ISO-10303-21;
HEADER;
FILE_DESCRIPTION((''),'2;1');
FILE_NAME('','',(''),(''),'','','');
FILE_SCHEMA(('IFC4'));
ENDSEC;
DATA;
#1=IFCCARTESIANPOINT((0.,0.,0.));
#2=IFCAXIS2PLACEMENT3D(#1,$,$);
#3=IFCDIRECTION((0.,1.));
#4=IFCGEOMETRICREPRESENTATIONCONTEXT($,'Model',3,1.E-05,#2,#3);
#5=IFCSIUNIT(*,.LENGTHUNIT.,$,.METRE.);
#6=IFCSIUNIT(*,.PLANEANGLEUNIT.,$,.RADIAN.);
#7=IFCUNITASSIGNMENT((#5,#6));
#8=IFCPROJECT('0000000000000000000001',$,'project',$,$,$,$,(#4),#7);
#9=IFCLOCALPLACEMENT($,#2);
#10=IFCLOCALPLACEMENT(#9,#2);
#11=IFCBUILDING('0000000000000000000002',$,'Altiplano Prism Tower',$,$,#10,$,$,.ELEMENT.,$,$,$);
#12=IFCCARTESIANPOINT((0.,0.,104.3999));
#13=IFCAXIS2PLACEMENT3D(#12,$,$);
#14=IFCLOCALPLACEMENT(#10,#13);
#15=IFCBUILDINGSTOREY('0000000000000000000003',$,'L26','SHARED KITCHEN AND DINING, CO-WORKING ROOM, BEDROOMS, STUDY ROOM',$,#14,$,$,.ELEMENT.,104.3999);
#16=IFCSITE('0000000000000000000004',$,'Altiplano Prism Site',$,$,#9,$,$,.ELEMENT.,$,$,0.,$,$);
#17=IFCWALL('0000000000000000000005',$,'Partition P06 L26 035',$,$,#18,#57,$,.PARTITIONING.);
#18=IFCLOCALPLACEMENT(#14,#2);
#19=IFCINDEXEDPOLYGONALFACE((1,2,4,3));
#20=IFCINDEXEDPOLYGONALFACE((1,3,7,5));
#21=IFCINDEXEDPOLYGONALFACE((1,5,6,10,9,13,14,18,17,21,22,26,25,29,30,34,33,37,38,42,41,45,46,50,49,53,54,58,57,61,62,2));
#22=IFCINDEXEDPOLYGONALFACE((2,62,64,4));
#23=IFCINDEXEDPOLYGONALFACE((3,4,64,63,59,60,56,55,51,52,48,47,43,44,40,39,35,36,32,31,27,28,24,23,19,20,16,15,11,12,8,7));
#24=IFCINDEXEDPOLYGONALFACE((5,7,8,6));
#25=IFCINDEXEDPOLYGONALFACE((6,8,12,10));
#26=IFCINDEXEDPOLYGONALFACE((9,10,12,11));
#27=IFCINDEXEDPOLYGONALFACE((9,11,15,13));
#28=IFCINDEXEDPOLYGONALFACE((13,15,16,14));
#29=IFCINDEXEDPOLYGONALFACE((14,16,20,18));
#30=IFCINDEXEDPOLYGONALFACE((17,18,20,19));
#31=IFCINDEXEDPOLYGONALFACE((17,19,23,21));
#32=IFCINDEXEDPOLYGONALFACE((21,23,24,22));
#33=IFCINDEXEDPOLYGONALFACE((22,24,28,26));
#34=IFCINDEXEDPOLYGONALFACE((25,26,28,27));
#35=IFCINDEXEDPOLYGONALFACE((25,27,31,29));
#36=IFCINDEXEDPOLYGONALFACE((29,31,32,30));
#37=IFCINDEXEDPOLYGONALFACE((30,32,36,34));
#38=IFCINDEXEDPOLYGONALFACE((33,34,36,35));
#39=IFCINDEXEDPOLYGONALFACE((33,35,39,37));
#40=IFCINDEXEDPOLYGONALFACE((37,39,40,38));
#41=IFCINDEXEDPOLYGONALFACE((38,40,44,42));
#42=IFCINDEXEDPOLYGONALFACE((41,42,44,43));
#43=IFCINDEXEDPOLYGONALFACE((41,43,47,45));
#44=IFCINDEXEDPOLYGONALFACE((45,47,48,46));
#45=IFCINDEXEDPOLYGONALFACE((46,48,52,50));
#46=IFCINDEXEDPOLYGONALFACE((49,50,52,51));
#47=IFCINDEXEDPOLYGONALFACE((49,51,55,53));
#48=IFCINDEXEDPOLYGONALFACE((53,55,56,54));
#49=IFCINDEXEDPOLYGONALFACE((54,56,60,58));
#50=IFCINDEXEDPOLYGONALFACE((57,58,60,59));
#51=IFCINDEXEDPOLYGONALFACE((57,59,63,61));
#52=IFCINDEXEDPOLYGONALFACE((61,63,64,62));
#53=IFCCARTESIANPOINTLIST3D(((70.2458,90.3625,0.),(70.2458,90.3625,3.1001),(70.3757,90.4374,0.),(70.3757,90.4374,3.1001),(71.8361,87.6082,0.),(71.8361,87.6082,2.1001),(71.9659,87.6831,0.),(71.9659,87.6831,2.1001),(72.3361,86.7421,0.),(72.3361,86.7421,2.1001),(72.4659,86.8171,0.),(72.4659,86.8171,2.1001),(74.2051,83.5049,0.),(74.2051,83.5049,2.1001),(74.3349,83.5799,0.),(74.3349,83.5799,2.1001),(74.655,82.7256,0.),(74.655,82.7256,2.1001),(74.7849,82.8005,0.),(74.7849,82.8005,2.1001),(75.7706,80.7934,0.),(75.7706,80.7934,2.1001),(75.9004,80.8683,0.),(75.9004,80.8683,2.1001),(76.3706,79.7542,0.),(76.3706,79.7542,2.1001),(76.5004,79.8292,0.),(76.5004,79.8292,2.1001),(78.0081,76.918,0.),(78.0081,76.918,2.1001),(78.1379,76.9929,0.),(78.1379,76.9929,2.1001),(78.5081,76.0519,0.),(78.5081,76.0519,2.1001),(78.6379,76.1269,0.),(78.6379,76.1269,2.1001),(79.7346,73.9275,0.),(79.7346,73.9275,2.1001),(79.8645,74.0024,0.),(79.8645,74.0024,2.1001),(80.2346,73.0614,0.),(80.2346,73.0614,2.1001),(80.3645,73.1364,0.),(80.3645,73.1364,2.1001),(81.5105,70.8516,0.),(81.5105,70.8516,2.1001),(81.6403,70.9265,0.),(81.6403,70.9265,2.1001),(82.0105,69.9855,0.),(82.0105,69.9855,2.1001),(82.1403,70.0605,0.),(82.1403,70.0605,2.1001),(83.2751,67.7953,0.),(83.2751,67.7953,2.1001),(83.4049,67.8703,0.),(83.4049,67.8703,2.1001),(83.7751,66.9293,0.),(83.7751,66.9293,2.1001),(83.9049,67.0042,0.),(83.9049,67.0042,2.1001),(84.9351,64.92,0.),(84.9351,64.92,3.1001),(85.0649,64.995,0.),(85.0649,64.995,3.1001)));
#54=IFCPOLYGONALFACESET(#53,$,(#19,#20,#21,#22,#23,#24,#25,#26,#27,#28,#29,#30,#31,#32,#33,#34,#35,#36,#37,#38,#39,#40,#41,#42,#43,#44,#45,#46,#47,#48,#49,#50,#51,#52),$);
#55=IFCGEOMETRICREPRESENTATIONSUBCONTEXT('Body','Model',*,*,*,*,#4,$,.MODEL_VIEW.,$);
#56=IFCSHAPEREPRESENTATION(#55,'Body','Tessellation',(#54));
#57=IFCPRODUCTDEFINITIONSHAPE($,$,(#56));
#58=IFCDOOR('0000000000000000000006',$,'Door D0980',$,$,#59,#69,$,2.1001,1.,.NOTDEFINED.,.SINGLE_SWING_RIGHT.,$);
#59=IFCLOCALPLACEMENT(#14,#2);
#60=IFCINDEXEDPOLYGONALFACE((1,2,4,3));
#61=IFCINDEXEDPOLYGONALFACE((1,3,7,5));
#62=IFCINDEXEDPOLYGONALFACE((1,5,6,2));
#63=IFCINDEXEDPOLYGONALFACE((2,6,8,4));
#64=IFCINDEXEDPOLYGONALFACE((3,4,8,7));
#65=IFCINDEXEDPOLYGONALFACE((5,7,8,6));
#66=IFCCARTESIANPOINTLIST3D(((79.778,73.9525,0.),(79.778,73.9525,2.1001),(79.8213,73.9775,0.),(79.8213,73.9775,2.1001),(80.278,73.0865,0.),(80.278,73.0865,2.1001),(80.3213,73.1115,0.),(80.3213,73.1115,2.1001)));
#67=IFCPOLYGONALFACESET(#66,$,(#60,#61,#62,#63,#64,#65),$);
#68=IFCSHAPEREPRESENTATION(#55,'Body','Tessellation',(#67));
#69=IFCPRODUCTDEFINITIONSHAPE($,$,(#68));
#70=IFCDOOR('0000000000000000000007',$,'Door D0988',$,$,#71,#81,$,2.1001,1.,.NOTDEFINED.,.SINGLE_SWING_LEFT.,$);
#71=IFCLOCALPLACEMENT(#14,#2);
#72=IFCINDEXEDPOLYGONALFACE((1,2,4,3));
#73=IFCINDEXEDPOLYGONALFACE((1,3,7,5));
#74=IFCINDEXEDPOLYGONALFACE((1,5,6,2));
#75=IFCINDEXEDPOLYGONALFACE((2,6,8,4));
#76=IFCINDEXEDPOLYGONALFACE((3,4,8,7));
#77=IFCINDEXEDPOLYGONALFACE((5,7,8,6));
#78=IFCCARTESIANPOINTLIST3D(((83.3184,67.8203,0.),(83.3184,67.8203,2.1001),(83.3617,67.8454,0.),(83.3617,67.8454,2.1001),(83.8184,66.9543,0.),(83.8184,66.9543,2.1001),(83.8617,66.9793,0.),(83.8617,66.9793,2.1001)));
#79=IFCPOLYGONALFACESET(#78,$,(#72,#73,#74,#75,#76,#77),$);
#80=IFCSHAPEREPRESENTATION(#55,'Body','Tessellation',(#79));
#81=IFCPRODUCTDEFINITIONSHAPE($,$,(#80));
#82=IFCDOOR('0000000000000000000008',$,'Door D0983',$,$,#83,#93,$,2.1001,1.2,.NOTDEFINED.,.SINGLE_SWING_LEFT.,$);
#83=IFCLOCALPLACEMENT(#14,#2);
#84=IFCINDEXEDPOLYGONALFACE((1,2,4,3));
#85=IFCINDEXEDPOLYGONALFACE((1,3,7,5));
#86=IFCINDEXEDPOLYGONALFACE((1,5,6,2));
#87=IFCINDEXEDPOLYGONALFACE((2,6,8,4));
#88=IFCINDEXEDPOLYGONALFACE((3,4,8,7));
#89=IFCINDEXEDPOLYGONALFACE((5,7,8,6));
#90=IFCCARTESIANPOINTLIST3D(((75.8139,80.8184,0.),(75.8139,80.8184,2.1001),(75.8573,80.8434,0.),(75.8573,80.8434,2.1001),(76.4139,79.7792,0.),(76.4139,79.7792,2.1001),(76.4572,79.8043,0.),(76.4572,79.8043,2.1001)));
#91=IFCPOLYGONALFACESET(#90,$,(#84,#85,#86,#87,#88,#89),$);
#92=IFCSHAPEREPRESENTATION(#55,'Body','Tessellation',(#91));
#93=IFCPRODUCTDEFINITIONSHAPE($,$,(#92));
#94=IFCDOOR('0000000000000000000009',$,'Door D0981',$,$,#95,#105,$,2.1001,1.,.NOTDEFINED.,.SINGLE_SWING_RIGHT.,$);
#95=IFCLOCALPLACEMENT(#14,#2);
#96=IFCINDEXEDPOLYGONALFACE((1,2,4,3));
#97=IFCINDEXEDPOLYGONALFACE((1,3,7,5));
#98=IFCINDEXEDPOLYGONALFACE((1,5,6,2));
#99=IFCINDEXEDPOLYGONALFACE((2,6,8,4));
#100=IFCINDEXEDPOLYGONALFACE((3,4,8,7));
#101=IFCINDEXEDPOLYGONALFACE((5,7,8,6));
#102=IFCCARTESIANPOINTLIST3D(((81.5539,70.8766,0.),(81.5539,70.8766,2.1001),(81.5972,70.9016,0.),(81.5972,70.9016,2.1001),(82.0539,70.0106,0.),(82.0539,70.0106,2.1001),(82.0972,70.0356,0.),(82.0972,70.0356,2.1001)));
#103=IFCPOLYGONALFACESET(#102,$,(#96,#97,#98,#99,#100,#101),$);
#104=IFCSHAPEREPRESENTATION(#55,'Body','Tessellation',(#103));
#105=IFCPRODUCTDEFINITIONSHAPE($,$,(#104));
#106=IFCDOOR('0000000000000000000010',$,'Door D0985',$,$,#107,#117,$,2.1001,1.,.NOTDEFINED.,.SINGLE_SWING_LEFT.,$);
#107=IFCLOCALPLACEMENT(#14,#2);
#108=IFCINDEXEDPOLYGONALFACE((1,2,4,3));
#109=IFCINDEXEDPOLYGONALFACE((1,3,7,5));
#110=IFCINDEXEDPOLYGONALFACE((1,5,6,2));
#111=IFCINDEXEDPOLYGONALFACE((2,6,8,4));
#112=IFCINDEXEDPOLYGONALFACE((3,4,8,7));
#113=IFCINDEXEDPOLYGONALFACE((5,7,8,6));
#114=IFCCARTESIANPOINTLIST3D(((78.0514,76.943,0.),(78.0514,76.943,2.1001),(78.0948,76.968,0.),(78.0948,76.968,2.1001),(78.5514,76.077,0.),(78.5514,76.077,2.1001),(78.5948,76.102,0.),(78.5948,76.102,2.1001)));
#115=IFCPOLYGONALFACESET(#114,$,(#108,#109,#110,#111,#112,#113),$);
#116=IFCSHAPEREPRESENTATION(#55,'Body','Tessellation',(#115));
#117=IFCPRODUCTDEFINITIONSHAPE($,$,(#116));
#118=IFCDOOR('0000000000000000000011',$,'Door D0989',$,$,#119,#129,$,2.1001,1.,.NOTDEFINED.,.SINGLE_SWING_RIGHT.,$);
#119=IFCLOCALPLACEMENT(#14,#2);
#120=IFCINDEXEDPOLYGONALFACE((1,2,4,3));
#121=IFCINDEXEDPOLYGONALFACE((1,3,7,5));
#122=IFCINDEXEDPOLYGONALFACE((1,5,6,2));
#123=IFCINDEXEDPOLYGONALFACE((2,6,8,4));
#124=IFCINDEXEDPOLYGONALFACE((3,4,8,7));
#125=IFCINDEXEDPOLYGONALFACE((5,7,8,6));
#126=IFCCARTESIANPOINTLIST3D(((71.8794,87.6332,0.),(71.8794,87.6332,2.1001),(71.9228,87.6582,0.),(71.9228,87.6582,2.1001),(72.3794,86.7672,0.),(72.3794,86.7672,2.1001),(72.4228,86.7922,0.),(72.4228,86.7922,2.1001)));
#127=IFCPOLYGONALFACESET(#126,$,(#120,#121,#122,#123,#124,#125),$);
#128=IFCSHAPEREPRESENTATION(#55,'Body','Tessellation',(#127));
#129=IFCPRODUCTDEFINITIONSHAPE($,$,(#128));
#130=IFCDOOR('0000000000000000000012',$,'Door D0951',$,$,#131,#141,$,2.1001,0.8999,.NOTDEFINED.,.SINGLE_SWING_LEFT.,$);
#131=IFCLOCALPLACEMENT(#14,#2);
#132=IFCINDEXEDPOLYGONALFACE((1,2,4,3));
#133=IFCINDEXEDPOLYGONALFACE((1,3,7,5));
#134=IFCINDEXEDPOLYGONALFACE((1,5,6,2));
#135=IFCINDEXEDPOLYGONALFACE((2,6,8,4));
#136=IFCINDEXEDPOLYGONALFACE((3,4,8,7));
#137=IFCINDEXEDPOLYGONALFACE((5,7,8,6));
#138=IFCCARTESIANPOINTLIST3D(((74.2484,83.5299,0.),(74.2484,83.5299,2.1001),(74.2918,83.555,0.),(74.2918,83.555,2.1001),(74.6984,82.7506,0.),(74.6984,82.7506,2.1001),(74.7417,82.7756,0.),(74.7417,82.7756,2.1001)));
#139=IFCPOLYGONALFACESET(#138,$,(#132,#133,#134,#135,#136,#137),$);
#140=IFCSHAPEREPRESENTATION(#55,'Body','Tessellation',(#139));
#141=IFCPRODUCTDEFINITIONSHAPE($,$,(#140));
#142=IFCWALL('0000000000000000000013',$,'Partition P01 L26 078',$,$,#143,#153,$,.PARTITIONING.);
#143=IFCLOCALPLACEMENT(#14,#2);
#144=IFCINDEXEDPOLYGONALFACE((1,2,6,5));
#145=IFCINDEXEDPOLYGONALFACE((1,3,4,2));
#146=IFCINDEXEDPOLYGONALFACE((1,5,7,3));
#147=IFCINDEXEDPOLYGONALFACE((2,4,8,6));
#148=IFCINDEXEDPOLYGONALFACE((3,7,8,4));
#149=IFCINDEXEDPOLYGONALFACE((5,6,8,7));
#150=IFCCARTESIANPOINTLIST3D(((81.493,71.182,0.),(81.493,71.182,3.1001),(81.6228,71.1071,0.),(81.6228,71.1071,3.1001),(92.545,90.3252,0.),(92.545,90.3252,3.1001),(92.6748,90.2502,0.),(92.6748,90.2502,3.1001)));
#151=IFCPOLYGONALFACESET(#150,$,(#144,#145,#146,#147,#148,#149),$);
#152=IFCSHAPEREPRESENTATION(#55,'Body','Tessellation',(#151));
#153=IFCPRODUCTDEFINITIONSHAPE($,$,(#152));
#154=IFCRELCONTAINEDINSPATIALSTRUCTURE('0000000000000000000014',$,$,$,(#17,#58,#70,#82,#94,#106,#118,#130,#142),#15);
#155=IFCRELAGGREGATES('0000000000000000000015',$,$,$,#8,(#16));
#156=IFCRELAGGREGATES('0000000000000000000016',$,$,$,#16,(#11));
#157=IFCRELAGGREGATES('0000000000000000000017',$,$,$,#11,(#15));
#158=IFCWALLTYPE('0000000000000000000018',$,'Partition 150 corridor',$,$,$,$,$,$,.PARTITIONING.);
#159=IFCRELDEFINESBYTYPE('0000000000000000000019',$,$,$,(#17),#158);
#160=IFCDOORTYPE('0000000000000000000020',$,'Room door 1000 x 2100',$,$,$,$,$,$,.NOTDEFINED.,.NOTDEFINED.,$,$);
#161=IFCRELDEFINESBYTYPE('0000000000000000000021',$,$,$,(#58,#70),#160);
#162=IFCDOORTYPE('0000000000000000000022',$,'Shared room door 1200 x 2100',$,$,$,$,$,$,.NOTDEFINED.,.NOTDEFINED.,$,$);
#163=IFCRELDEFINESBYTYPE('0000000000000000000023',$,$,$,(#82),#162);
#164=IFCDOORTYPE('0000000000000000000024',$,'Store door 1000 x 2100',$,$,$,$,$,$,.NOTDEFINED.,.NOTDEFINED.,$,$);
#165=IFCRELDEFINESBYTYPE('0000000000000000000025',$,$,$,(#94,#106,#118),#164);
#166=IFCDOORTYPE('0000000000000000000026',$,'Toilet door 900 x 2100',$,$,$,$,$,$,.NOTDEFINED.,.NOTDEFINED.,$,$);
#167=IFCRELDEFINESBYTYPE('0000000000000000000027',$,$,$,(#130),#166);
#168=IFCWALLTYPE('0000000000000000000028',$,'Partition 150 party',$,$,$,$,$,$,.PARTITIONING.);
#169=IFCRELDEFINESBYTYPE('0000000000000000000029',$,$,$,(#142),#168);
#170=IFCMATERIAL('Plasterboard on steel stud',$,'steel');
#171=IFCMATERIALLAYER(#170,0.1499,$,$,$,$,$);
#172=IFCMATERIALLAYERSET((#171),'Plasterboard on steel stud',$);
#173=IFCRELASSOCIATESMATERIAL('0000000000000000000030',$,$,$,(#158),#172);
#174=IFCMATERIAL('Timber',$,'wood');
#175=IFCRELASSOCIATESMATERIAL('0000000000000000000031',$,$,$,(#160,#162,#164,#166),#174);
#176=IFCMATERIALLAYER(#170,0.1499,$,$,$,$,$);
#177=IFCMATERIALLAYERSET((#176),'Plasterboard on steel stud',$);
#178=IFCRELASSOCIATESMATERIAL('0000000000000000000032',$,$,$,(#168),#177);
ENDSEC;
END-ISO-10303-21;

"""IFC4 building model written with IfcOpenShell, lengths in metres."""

from ifc_helpers import new_model, si_unit, direction, frame, frame_2d, origin, place, context, subcontext, project, spatial, rectangle, extrude, material, layer, layer_set, type_object, element, fill, save


model = new_model("IFC4")

# Units and contexts
model_context = context("Model", 3, precision=1e-05, world=origin(), true_north=direction((0.0, 1.0)))
body_context = subcontext(model_context, "Body", "Model", "MODEL_VIEW")
ifc_project = project(units=[si_unit("LENGTHUNIT", "METRE"), si_unit("PLANEANGLEUNIT", "RADIAN")], contexts=[model_context])

# Site, building, storey
site_placement = place(None, origin())
site = spatial("IfcSite", under=ifc_project, at=site_placement, Name="Altiplano Prism Site", CompositionType="ELEMENT", RefElevation=0.0)
building_placement = place(site_placement, origin())
building = spatial("IfcBuilding", under=site, at=building_placement, Name="Altiplano Prism Tower", CompositionType="ELEMENT")
storey_placement = place(building_placement, frame((0.0, 0.0, 104.3999)))
storey = spatial("IfcBuildingStorey", under=building, at=storey_placement, Name="L26", Description="SHARED KITCHEN AND DINING, CO-WORKING ROOM, BEDROOMS, STUDY ROOM", CompositionType="ELEMENT", Elevation=104.3999)

# Shared definitions
ifc_material_1 = material(Name="Plasterboard on steel stud", Category="steel")
ifc_layer_1 = layer(ifc_material_1, 0.1499)
ifc_layer_set_1 = layer_set([ifc_layer_1], Name="Plasterboard on steel stud")
wall_type_1 = type_object("IfcWallType", Name="Partition 150 corridor", PredefinedType="PARTITIONING", material=ifc_layer_set_1)

# Wall, openings, doors
ifc_material_2 = material(Name="Timber", Category="wood")
door_type_1 = type_object("IfcDoorType", Name="Room door 1000 x 2100", OperationType="NOTDEFINED", PredefinedType="NOTDEFINED", material=ifc_material_2)
door_type_2 = type_object("IfcDoorType", Name="Shared room door 1200 x 2100", OperationType="NOTDEFINED", PredefinedType="NOTDEFINED", material=ifc_material_2)
wall_1_placement = place(storey_placement, frame((85.0, 64.9575, 0.0), z_axis=(0.0, 0.0, 1.0), x_axis=(-0.500001, 0.866025, 0.0)))
wall_1 = element("IfcWall", 1, at=wall_1_placement, inside=storey, type_object=wall_type_1, Name="Partition P06 L26 035", PredefinedType="PARTITIONING", context=body_context, shape_type="SweptSolid", body=[
    extrude(rectangle(XDim=29.3784, YDim=0.1499, at=frame_2d((14.6892, 0.0))), origin(), (0.0, 0.0, 1.0), 3.1001),
])
opening_1_placement = place(wall_1_placement, frame((20.5601, 0.0, 0.0)))
opening_1 = element("IfcOpeningElement", 2, at=opening_1_placement, cuts=wall_1, PredefinedType="OPENING", context=body_context, shape_type="SweptSolid", body=[
    extrude(rectangle(XDim=0.8999, YDim=2.1001, at=frame_2d((0.45, 1.05))), frame((0.0, 0.0854, 0.0), z_axis=(0.0, -1.0, 0.0), x_axis=(1.0, 0.0, 0.0)), (0.0, 0.0, 1.0), 0.1709),
])
opening_2_placement = place(wall_1_placement, frame((9.4009, 0.0, 0.0)))
opening_2 = element("IfcOpeningElement", 3, at=opening_2_placement, cuts=wall_1, PredefinedType="OPENING", context=body_context, shape_type="SweptSolid", body=[
    extrude(rectangle(XDim=1.0, YDim=2.1001, at=frame_2d((0.5, 1.05))), frame((0.0, 0.0854, 0.0), z_axis=(0.0, -1.0, 0.0), x_axis=(1.0, 0.0, 0.0)), (0.0, 0.0, 1.0), 0.1709),
])
opening_3_placement = place(wall_1_placement, frame((5.8491, 0.0, 0.0)))
opening_3 = element("IfcOpeningElement", 4, at=opening_3_placement, cuts=wall_1, PredefinedType="OPENING", context=body_context, shape_type="SweptSolid", body=[
    extrude(rectangle(XDim=1.0, YDim=2.1001, at=frame_2d((0.5, 1.05))), frame((0.0, 0.0854, 0.0), z_axis=(0.0, -1.0, 0.0), x_axis=(1.0, 0.0, 0.0)), (0.0, 0.0, 1.0), 0.1709),
])
opening_4_placement = place(wall_1_placement, frame((17.1289, 0.0, 0.0)))
opening_4 = element("IfcOpeningElement", 5, at=opening_4_placement, cuts=wall_1, PredefinedType="OPENING", context=body_context, shape_type="SweptSolid", body=[
    extrude(rectangle(XDim=1.2, YDim=2.1001, at=frame_2d((0.6001, 1.05))), frame((0.0, 0.0854, 0.0), z_axis=(0.0, -1.0, 0.0), x_axis=(1.0, 0.0, 0.0)), (0.0, 0.0, 1.0), 0.1709),
])
opening_5_placement = place(wall_1_placement, frame((12.854, 0.0, 0.0)))
opening_5 = element("IfcOpeningElement", 6, at=opening_5_placement, cuts=wall_1, PredefinedType="OPENING", context=body_context, shape_type="SweptSolid", body=[
    extrude(rectangle(XDim=1.0, YDim=2.1001, at=frame_2d((0.5, 1.05))), frame((0.0, 0.0854, 0.0), z_axis=(0.0, -1.0, 0.0), x_axis=(1.0, 0.0, 0.0)), (0.0, 0.0, 1.0), 0.1709),
])
opening_6_placement = place(wall_1_placement, frame((2.3201, 0.0, 0.0)))
opening_6 = element("IfcOpeningElement", 7, at=opening_6_placement, cuts=wall_1, PredefinedType="OPENING", context=body_context, shape_type="SweptSolid", body=[
    extrude(rectangle(XDim=1.0, YDim=2.1001, at=frame_2d((0.5, 1.05))), frame((0.0, 0.0854, 0.0), z_axis=(0.0, -1.0, 0.0), x_axis=(1.0, 0.0, 0.0)), (0.0, 0.0, 1.0), 0.1709),
])
opening_7_placement = place(wall_1_placement, frame((25.198, 0.0, 0.0)))
opening_7 = element("IfcOpeningElement", 8, at=opening_7_placement, cuts=wall_1, PredefinedType="OPENING", context=body_context, shape_type="SweptSolid", body=[
    extrude(rectangle(XDim=1.0, YDim=2.1001, at=frame_2d((0.5, 1.05))), frame((0.0, 0.0854, 0.0), z_axis=(0.0, -1.0, 0.0), x_axis=(1.0, 0.0, 0.0)), (0.0, 0.0, 1.0), 0.1709),
])
door_1_placement = place(opening_2_placement, origin())
door_1 = element("IfcDoor", 9, at=door_1_placement, inside=storey, type_object=door_type_1, Name="Door D0980", OperationType="SINGLE_SWING_RIGHT", OverallHeight=2.1001, OverallWidth=1.0, PredefinedType="NOTDEFINED", context=body_context, shape_type="SweptSolid", body=[
    extrude(rectangle(XDim=1.0, YDim=2.1001, at=frame_2d((0.5, 1.05))), frame((0.0, 0.0249, 0.0), z_axis=(0.0, -1.0, 0.0), x_axis=(1.0, 0.0, 0.0)), (0.0, 0.0, 1.0), 0.05),
])
fill(opening_2, door_1)
door_2_placement = place(opening_6_placement, origin())
door_2 = element("IfcDoor", 10, at=door_2_placement, inside=storey, type_object=door_type_1, Name="Door D0988", OperationType="SINGLE_SWING_LEFT", OverallHeight=2.1001, OverallWidth=1.0, PredefinedType="NOTDEFINED", context=body_context, shape_type="SweptSolid", body=[
    extrude(rectangle(XDim=1.0, YDim=2.1001, at=frame_2d((0.5, 1.05))), frame((0.0, 0.0249, 0.0), z_axis=(0.0, -1.0, 0.0), x_axis=(1.0, 0.0, 0.0)), (0.0, 0.0, 1.0), 0.05),
])
fill(opening_6, door_2)
door_3_placement = place(opening_4_placement, origin())
door_3 = element("IfcDoor", 11, at=door_3_placement, inside=storey, type_object=door_type_2, Name="Door D0983", OperationType="SINGLE_SWING_LEFT", OverallHeight=2.1001, OverallWidth=1.2, PredefinedType="NOTDEFINED", context=body_context, shape_type="SweptSolid", body=[
    extrude(rectangle(XDim=1.2, YDim=2.1001, at=frame_2d((0.6001, 1.05))), frame((0.0, 0.0249, 0.0), z_axis=(0.0, -1.0, 0.0), x_axis=(1.0, 0.0, 0.0)), (0.0, 0.0, 1.0), 0.05),
])
fill(opening_4, door_3)
door_type_3 = type_object("IfcDoorType", Name="Store door 1000 x 2100", OperationType="NOTDEFINED", PredefinedType="NOTDEFINED", material=ifc_material_2)
door_4_placement = place(opening_3_placement, origin())
door_4 = element("IfcDoor", 12, at=door_4_placement, inside=storey, type_object=door_type_3, Name="Door D0981", OperationType="SINGLE_SWING_RIGHT", OverallHeight=2.1001, OverallWidth=1.0, PredefinedType="NOTDEFINED", context=body_context, shape_type="SweptSolid", body=[
    extrude(rectangle(XDim=1.0, YDim=2.1001, at=frame_2d((0.5, 1.05))), frame((0.0, 0.0249, 0.0), z_axis=(0.0, -1.0, 0.0), x_axis=(1.0, 0.0, 0.0)), (0.0, 0.0, 1.0), 0.05),
])
fill(opening_3, door_4)
door_5_placement = place(opening_5_placement, origin())
door_5 = element("IfcDoor", 13, at=door_5_placement, inside=storey, type_object=door_type_3, Name="Door D0985", OperationType="SINGLE_SWING_LEFT", OverallHeight=2.1001, OverallWidth=1.0, PredefinedType="NOTDEFINED", context=body_context, shape_type="SweptSolid", body=[
    extrude(rectangle(XDim=1.0, YDim=2.1001, at=frame_2d((0.5, 1.05))), frame((0.0, 0.0249, 0.0), z_axis=(0.0, -1.0, 0.0), x_axis=(1.0, 0.0, 0.0)), (0.0, 0.0, 1.0), 0.05),
])
fill(opening_5, door_5)
door_6_placement = place(opening_7_placement, origin())
door_6 = element("IfcDoor", 14, at=door_6_placement, inside=storey, type_object=door_type_3, Name="Door D0989", OperationType="SINGLE_SWING_RIGHT", OverallHeight=2.1001, OverallWidth=1.0, PredefinedType="NOTDEFINED", context=body_context, shape_type="SweptSolid", body=[
    extrude(rectangle(XDim=1.0, YDim=2.1001, at=frame_2d((0.5, 1.05))), frame((0.0, 0.0249, 0.0), z_axis=(0.0, -1.0, 0.0), x_axis=(1.0, 0.0, 0.0)), (0.0, 0.0, 1.0), 0.05),
])
fill(opening_7, door_6)
door_type_4 = type_object("IfcDoorType", Name="Toilet door 900 x 2100", OperationType="NOTDEFINED", PredefinedType="NOTDEFINED", material=ifc_material_2)
door_7_placement = place(opening_1_placement, origin())
door_7 = element("IfcDoor", 15, at=door_7_placement, inside=storey, type_object=door_type_4, Name="Door D0951", OperationType="SINGLE_SWING_LEFT", OverallHeight=2.1001, OverallWidth=0.8999, PredefinedType="NOTDEFINED", context=body_context, shape_type="SweptSolid", body=[
    extrude(rectangle(XDim=0.8999, YDim=2.1001, at=frame_2d((0.45, 1.05))), frame((0.0, 0.0249, 0.0), z_axis=(0.0, -1.0, 0.0), x_axis=(1.0, 0.0, 0.0)), (0.0, 0.0, 1.0), 0.05),
])
fill(opening_1, door_7)

# Wall
ifc_layer_2 = layer(ifc_material_1, 0.1499)
ifc_layer_set_2 = layer_set([ifc_layer_2], Name="Plasterboard on steel stud")
wall_type_2 = type_object("IfcWallType", Name="Partition 150 party", PredefinedType="PARTITIONING", material=ifc_layer_set_2)
wall_2_placement = place(storey_placement, frame((81.5579, 71.1445, 0.0), z_axis=(0.0, 0.0, 1.0), x_axis=(0.499991, 0.86603, 0.0)))
element("IfcWall", 16, at=wall_2_placement, inside=storey, type_object=wall_type_2, Name="Partition P01 L26 078", PredefinedType="PARTITIONING", context=body_context, shape_type="SweptSolid", body=[
    extrude(rectangle(XDim=22.1045, YDim=0.1499, at=frame_2d((11.0522, 0.0))), origin(), (0.0, 0.0, 1.0), 3.1001),
])

save(model, "model.ifc")
